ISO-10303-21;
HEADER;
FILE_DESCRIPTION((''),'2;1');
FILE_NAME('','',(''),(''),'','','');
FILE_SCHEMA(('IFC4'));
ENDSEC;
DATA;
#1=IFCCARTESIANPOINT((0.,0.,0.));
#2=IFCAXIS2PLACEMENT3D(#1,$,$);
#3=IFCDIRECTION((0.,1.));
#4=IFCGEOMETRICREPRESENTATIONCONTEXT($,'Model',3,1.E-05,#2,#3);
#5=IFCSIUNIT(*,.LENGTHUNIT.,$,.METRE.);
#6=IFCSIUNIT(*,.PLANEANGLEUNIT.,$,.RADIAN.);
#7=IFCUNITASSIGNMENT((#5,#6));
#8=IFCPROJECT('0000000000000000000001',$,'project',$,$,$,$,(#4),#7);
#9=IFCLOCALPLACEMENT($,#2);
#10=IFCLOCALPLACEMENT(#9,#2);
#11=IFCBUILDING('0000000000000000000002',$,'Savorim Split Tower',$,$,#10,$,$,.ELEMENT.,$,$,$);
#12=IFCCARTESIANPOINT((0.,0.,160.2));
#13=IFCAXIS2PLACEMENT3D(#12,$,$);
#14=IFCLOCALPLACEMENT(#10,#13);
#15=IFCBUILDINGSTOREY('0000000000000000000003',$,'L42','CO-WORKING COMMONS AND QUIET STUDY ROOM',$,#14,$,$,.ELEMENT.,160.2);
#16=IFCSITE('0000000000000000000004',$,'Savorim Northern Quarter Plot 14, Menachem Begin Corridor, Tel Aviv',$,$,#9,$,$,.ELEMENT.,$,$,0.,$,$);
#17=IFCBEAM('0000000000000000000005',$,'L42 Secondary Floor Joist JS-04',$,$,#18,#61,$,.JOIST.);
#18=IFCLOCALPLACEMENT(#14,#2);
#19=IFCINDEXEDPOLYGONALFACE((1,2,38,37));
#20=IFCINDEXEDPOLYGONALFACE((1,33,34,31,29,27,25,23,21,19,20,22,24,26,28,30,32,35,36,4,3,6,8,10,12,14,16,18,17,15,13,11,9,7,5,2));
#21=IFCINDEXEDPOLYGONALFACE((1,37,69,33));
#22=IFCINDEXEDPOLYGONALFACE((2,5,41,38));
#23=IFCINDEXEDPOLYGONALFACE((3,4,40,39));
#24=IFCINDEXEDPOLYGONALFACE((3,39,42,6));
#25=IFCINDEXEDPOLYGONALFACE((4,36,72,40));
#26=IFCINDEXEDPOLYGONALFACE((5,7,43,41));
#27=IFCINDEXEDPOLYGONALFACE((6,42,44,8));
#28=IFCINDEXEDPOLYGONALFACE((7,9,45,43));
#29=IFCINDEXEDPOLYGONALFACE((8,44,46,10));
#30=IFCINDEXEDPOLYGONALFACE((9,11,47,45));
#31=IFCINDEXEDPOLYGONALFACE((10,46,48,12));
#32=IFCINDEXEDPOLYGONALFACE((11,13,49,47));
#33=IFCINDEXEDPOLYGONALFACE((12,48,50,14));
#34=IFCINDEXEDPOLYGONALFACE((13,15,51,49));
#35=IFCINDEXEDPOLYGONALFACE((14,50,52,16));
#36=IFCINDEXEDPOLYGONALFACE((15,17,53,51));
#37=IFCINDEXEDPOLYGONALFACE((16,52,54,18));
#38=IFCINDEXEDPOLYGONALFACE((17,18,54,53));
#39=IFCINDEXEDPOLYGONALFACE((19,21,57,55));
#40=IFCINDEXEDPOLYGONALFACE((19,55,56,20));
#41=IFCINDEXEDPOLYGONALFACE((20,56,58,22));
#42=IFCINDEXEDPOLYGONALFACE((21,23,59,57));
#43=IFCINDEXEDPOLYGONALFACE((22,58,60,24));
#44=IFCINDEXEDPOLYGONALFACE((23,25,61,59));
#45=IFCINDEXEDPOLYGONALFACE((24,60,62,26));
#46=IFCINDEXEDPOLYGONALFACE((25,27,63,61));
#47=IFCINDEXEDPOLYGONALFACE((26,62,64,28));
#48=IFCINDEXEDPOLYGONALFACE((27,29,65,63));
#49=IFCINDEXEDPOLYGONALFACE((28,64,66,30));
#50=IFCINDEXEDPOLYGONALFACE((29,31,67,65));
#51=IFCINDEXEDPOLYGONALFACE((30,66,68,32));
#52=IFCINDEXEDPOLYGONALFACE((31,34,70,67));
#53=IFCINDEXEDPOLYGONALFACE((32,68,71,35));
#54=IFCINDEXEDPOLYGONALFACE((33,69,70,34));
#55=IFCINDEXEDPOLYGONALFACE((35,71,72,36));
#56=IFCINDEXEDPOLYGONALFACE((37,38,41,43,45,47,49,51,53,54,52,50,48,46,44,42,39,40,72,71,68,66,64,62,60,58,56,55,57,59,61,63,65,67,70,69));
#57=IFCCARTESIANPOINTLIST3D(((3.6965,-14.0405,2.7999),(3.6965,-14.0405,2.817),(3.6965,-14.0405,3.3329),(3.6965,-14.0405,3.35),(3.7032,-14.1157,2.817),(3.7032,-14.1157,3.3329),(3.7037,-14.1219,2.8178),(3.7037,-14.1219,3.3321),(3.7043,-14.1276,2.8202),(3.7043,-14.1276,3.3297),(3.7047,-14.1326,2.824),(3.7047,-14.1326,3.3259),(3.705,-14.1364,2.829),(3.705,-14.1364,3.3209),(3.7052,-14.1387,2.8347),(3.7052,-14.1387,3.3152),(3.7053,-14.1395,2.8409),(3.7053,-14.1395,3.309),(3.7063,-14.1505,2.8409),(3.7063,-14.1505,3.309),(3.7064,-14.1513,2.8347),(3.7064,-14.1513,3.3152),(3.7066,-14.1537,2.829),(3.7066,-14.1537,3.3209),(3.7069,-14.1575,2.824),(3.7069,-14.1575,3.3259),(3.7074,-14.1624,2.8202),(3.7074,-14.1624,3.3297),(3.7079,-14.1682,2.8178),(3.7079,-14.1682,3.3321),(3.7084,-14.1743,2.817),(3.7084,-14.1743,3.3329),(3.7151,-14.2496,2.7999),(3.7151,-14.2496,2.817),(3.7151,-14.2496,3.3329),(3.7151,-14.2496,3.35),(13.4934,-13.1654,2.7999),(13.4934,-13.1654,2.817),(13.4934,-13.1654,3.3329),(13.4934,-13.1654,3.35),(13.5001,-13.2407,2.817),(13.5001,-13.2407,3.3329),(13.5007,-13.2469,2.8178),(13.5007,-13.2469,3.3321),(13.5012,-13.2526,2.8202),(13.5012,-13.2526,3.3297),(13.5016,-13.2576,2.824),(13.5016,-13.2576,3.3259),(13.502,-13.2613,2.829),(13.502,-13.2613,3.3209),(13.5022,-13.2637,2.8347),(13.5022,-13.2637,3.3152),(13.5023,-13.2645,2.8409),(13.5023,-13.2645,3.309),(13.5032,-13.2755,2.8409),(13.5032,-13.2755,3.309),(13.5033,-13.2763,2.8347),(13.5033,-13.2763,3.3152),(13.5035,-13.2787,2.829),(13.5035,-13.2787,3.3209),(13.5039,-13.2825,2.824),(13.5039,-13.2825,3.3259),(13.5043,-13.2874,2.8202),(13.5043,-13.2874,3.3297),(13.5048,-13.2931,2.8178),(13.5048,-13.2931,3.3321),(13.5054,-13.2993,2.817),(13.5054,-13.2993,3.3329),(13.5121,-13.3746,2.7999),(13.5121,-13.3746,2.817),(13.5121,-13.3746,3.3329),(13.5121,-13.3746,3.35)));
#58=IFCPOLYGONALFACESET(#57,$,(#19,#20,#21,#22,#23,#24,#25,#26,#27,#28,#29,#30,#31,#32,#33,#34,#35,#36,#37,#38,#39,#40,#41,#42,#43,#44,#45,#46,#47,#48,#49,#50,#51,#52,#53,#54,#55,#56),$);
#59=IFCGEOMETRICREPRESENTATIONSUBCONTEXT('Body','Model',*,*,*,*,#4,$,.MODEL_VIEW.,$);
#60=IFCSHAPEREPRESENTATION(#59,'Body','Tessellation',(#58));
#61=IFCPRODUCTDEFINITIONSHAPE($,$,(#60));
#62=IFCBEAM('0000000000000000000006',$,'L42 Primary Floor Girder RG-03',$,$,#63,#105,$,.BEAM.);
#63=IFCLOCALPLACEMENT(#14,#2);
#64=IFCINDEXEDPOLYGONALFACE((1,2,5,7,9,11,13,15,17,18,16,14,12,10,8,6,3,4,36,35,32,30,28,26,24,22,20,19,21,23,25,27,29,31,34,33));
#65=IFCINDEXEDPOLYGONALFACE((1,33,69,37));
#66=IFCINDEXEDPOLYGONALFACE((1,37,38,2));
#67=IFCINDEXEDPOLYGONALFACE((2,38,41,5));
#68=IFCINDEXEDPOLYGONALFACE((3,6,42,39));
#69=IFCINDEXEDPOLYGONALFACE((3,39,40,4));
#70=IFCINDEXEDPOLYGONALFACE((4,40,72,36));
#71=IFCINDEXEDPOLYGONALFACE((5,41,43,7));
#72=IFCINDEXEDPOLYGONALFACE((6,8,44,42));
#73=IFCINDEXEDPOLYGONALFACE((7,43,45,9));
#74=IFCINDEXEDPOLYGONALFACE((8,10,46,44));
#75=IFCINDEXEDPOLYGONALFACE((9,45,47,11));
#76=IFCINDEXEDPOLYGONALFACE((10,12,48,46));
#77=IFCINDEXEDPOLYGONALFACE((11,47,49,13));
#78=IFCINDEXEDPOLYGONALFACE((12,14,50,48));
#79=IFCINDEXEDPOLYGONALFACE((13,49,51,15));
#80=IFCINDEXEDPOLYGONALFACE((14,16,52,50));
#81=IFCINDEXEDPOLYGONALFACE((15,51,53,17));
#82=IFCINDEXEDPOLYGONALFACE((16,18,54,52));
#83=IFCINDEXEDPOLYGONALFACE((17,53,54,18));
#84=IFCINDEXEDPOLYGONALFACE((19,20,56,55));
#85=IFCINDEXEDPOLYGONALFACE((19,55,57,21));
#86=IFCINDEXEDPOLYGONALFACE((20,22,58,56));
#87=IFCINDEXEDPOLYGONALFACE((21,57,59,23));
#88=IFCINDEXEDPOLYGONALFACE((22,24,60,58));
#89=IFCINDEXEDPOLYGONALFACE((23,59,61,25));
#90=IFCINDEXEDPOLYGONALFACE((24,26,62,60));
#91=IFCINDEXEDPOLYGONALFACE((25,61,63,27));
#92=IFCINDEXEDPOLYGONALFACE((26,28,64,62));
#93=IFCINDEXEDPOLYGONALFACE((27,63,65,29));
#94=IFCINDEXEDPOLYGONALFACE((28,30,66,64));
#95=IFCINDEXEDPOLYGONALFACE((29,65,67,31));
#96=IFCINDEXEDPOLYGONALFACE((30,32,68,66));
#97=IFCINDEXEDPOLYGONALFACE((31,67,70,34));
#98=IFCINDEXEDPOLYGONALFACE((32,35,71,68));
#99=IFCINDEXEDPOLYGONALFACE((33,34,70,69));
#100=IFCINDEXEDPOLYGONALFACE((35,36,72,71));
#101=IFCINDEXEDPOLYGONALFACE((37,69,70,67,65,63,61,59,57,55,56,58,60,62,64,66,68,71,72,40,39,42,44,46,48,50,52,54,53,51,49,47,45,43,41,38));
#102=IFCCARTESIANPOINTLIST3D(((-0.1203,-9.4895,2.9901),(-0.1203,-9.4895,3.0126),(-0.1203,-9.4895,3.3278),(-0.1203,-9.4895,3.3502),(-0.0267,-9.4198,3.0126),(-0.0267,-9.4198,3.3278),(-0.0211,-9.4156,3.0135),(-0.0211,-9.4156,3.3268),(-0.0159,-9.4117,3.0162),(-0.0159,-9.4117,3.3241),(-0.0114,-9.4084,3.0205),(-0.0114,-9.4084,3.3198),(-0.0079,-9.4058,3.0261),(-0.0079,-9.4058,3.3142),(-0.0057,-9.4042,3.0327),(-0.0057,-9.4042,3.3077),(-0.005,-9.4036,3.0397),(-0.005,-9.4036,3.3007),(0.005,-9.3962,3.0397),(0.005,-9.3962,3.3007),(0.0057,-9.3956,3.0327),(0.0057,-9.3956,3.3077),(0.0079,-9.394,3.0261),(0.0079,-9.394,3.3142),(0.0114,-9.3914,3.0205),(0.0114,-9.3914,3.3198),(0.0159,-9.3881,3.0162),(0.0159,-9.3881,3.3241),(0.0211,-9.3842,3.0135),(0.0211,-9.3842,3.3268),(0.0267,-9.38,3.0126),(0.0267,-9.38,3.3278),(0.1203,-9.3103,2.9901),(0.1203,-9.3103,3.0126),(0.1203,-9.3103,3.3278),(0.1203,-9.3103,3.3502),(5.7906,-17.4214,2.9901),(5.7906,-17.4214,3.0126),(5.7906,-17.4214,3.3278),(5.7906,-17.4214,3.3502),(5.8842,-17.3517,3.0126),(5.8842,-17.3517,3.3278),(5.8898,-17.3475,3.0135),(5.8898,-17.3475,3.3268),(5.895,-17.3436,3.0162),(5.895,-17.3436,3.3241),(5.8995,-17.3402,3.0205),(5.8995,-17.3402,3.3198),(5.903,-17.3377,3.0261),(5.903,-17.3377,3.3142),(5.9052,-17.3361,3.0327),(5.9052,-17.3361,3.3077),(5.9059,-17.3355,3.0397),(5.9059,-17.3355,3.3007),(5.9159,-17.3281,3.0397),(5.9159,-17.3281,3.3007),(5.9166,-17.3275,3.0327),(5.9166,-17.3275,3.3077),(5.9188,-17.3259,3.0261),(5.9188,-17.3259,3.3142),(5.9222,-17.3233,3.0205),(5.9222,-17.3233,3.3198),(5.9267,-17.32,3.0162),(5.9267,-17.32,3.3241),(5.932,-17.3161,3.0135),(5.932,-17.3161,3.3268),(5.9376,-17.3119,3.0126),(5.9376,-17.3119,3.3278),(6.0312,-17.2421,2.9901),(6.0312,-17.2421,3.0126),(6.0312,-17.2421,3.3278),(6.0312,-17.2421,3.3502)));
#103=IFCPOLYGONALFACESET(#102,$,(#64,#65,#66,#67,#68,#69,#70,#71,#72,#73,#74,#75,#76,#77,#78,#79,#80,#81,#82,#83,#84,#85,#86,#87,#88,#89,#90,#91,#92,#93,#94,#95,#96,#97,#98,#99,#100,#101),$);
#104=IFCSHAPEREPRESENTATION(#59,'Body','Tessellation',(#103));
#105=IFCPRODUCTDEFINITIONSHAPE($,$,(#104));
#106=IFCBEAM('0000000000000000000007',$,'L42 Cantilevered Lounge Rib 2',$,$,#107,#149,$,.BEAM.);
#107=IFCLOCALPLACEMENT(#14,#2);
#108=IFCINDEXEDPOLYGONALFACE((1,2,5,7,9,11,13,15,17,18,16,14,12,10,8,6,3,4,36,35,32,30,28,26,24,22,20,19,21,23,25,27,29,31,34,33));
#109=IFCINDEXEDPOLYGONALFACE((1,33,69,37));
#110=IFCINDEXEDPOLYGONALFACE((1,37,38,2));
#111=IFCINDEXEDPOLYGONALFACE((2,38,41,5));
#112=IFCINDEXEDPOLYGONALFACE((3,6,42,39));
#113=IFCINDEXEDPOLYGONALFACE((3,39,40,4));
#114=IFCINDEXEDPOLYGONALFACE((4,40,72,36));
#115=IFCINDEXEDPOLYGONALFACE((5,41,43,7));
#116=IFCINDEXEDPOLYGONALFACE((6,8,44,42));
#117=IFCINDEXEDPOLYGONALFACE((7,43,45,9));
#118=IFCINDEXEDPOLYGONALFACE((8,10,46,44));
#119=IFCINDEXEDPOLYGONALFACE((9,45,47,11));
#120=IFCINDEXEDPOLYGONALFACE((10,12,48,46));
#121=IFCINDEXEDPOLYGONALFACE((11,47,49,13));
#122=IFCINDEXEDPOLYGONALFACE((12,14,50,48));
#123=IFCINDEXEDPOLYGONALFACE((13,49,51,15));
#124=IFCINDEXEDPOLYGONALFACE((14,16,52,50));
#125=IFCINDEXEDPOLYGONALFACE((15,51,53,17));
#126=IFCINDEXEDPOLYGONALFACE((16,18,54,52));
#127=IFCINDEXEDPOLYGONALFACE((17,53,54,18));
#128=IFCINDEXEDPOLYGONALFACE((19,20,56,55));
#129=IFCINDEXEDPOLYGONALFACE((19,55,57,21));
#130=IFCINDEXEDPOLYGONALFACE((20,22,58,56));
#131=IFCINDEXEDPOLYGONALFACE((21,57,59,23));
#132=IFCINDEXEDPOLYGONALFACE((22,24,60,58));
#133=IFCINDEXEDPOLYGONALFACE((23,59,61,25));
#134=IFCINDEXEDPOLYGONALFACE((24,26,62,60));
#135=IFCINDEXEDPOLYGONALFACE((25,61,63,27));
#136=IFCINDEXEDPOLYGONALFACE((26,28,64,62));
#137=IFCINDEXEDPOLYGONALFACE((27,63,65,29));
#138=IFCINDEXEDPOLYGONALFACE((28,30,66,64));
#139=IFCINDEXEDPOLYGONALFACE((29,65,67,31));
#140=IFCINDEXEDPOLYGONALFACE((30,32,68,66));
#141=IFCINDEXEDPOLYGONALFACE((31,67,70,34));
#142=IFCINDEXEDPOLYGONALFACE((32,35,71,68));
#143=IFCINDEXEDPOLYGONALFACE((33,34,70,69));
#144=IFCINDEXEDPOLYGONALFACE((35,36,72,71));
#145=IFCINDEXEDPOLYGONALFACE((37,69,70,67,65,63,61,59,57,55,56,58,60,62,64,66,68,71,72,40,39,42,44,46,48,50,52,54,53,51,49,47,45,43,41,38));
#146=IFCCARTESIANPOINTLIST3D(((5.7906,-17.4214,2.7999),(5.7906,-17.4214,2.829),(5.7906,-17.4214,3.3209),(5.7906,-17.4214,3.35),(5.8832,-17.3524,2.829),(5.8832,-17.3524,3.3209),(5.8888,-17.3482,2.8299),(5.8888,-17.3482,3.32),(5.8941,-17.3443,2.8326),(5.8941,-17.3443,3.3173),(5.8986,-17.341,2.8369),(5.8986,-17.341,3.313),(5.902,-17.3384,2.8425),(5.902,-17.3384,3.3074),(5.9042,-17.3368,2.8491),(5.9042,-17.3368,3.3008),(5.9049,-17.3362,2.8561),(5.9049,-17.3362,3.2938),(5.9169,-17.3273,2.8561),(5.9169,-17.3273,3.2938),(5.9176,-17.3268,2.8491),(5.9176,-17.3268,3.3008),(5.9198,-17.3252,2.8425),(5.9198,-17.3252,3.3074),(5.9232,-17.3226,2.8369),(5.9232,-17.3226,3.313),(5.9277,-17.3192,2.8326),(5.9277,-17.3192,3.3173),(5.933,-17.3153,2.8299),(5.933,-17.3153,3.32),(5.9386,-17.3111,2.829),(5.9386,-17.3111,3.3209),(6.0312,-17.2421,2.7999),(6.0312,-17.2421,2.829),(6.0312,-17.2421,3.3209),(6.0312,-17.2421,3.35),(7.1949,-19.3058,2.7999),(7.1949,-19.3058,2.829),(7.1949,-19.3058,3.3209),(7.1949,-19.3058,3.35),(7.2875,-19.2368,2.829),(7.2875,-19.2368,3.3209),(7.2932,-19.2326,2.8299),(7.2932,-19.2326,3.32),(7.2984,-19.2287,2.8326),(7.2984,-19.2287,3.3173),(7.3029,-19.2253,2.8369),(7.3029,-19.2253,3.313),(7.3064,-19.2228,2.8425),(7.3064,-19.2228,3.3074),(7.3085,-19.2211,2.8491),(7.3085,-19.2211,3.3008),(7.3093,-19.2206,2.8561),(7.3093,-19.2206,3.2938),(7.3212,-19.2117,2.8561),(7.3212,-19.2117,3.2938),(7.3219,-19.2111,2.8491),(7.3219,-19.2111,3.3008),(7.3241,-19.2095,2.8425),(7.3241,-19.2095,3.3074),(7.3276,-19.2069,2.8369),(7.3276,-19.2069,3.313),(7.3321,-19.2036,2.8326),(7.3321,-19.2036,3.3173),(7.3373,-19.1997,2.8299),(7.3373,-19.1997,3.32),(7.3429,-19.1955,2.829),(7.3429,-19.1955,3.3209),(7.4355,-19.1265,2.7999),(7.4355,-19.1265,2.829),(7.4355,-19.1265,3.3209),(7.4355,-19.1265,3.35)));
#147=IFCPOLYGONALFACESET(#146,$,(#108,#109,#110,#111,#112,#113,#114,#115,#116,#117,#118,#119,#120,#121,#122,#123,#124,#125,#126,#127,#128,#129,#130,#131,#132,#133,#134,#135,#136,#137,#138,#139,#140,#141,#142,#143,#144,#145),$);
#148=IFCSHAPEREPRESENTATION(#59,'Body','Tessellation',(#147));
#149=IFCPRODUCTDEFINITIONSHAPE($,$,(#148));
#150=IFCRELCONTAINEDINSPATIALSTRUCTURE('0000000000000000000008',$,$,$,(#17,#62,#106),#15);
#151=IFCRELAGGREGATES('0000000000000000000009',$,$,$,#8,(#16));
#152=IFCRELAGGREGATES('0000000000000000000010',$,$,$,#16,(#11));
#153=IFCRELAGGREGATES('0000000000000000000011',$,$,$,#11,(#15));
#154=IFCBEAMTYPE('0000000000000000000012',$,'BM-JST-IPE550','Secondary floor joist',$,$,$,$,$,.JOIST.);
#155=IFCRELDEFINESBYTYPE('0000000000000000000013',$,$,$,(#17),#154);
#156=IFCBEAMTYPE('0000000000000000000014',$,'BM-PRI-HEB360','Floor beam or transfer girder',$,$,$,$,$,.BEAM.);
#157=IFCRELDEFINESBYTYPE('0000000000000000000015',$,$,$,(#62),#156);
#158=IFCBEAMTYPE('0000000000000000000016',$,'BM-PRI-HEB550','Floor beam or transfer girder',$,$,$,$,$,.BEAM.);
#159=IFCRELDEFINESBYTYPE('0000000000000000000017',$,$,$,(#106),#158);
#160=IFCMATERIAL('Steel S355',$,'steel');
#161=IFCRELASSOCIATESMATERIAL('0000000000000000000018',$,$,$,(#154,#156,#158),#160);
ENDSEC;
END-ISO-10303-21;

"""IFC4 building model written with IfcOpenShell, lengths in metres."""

from ifc_helpers import new_model, si_unit, direction, frame, origin, origin_2d, place, context, subcontext, project, spatial, i_section, extrude, material, material_profile, profile_set, type_object, element, save


model = new_model("IFC4")

# Units and contexts
model_context = context("Model", 3, precision=1e-05, world=origin(), true_north=direction((0.0, 1.0)))
body_context = subcontext(model_context, "Body", "Model", "MODEL_VIEW")
ifc_project = project(units=[si_unit("LENGTHUNIT", "METRE"), si_unit("PLANEANGLEUNIT", "RADIAN")], contexts=[model_context])

# Site, building, storey
site_placement = place(None, origin())
site = spatial("IfcSite", under=ifc_project, at=site_placement, Name="Savorim Northern Quarter Plot 14, Menachem Begin Corridor, Tel Aviv", CompositionType="ELEMENT", RefElevation=0.0)
building_placement = place(site_placement, origin())
building = spatial("IfcBuilding", under=site, at=building_placement, Name="Savorim Split Tower", CompositionType="ELEMENT")
storey_placement = place(building_placement, frame((0.0, 0.0, 160.2)))
storey = spatial("IfcBuildingStorey", under=building, at=storey_placement, Name="L42", Description="CO-WORKING COMMONS AND QUIET STUDY ROOM", CompositionType="ELEMENT", Elevation=160.2)

# Beams
ifc_material_1 = material(Name="Steel S355", Category="steel")
ifc_material_profile_1 = material_profile(ifc_material_1, i_section(OverallWidth=0.21, OverallDepth=0.55, WebThickness=0.011, FlangeThickness=0.0171, FilletRadius=0.0239, at=origin_2d()), Name="IPE 550")
ifc_profile_set_1 = profile_set([ifc_material_profile_1], Name="Steel S355")
beam_type_1 = type_object("IfcBeamType", Name="BM-JST-IPE550", Description="Secondary floor joist", PredefinedType="JOIST", material=ifc_profile_set_1)
beam_1_placement = place(storey_placement, frame((3.7058, -14.145, 3.075), z_axis=(0.996035, 0.08896, 0.0), x_axis=(-0.08896, 0.996035, 0.0)))
element("IfcBeam", 1, at=beam_1_placement, inside=storey, type_object=beam_type_1, Name="L42 Secondary Floor Joist JS-04", PredefinedType="JOIST", context=body_context, shape_type="SweptSolid", body=[
    extrude(i_section(OverallWidth=0.21, OverallDepth=0.55, WebThickness=0.011, FlangeThickness=0.0171, FilletRadius=0.0239, at=origin_2d()), origin(), (0.0, 0.0, 1.0), 9.8359),
])
ifc_material_profile_2 = material_profile(ifc_material_1, i_section(OverallWidth=0.3, OverallDepth=0.3601, WebThickness=0.0125, FlangeThickness=0.0225, FilletRadius=0.0271, at=origin_2d()), Name="HEB 360")
ifc_profile_set_2 = profile_set([ifc_material_profile_2], Name="Steel S355")
beam_type_2 = type_object("IfcBeamType", Name="BM-PRI-HEB360", Description="Floor beam or transfer girder", PredefinedType="BEAM", material=ifc_profile_set_2)
beam_2_placement = place(storey_placement, frame((5.9109, -17.3318, 3.1702), z_axis=(-0.597537, 0.801841, 0.0), x_axis=(-0.801841, -0.597537, 0.0)))
element("IfcBeam", 2, at=beam_2_placement, inside=storey, type_object=beam_type_2, Name="L42 Primary Floor Girder RG-03", PredefinedType="BEAM", context=body_context, shape_type="SweptSolid", body=[
    extrude(i_section(OverallWidth=0.3, OverallDepth=0.3601, WebThickness=0.0125, FlangeThickness=0.0225, FilletRadius=0.0271, at=origin_2d()), origin(), (0.0, 0.0, 1.0), 9.8921),
])
ifc_material_profile_3 = material_profile(ifc_material_1, i_section(OverallWidth=0.3, OverallDepth=0.55, WebThickness=0.0149, FlangeThickness=0.0291, FilletRadius=0.0271, at=origin_2d()), Name="HEB 550")
ifc_profile_set_3 = profile_set([ifc_material_profile_3], Name="Steel S355")
beam_type_3 = type_object("IfcBeamType", Name="BM-PRI-HEB550", Description="Floor beam or transfer girder", PredefinedType="BEAM", material=ifc_profile_set_3)
beam_3_placement = place(storey_placement, frame((5.9109, -17.3318, 3.075), z_axis=(0.59757, -0.801816, 0.0), x_axis=(0.801816, 0.59757, 0.0)))
element("IfcBeam", 3, at=beam_3_placement, inside=storey, type_object=beam_type_3, Name="L42 Cantilevered Lounge Rib 2", PredefinedType="BEAM", context=body_context, shape_type="SweptSolid", body=[
    extrude(i_section(OverallWidth=0.3, OverallDepth=0.55, WebThickness=0.0149, FlangeThickness=0.0291, FilletRadius=0.0271, at=origin_2d()), origin(), (0.0, 0.0, 1.0), 2.3501),
])

save(model, "model.ifc")
